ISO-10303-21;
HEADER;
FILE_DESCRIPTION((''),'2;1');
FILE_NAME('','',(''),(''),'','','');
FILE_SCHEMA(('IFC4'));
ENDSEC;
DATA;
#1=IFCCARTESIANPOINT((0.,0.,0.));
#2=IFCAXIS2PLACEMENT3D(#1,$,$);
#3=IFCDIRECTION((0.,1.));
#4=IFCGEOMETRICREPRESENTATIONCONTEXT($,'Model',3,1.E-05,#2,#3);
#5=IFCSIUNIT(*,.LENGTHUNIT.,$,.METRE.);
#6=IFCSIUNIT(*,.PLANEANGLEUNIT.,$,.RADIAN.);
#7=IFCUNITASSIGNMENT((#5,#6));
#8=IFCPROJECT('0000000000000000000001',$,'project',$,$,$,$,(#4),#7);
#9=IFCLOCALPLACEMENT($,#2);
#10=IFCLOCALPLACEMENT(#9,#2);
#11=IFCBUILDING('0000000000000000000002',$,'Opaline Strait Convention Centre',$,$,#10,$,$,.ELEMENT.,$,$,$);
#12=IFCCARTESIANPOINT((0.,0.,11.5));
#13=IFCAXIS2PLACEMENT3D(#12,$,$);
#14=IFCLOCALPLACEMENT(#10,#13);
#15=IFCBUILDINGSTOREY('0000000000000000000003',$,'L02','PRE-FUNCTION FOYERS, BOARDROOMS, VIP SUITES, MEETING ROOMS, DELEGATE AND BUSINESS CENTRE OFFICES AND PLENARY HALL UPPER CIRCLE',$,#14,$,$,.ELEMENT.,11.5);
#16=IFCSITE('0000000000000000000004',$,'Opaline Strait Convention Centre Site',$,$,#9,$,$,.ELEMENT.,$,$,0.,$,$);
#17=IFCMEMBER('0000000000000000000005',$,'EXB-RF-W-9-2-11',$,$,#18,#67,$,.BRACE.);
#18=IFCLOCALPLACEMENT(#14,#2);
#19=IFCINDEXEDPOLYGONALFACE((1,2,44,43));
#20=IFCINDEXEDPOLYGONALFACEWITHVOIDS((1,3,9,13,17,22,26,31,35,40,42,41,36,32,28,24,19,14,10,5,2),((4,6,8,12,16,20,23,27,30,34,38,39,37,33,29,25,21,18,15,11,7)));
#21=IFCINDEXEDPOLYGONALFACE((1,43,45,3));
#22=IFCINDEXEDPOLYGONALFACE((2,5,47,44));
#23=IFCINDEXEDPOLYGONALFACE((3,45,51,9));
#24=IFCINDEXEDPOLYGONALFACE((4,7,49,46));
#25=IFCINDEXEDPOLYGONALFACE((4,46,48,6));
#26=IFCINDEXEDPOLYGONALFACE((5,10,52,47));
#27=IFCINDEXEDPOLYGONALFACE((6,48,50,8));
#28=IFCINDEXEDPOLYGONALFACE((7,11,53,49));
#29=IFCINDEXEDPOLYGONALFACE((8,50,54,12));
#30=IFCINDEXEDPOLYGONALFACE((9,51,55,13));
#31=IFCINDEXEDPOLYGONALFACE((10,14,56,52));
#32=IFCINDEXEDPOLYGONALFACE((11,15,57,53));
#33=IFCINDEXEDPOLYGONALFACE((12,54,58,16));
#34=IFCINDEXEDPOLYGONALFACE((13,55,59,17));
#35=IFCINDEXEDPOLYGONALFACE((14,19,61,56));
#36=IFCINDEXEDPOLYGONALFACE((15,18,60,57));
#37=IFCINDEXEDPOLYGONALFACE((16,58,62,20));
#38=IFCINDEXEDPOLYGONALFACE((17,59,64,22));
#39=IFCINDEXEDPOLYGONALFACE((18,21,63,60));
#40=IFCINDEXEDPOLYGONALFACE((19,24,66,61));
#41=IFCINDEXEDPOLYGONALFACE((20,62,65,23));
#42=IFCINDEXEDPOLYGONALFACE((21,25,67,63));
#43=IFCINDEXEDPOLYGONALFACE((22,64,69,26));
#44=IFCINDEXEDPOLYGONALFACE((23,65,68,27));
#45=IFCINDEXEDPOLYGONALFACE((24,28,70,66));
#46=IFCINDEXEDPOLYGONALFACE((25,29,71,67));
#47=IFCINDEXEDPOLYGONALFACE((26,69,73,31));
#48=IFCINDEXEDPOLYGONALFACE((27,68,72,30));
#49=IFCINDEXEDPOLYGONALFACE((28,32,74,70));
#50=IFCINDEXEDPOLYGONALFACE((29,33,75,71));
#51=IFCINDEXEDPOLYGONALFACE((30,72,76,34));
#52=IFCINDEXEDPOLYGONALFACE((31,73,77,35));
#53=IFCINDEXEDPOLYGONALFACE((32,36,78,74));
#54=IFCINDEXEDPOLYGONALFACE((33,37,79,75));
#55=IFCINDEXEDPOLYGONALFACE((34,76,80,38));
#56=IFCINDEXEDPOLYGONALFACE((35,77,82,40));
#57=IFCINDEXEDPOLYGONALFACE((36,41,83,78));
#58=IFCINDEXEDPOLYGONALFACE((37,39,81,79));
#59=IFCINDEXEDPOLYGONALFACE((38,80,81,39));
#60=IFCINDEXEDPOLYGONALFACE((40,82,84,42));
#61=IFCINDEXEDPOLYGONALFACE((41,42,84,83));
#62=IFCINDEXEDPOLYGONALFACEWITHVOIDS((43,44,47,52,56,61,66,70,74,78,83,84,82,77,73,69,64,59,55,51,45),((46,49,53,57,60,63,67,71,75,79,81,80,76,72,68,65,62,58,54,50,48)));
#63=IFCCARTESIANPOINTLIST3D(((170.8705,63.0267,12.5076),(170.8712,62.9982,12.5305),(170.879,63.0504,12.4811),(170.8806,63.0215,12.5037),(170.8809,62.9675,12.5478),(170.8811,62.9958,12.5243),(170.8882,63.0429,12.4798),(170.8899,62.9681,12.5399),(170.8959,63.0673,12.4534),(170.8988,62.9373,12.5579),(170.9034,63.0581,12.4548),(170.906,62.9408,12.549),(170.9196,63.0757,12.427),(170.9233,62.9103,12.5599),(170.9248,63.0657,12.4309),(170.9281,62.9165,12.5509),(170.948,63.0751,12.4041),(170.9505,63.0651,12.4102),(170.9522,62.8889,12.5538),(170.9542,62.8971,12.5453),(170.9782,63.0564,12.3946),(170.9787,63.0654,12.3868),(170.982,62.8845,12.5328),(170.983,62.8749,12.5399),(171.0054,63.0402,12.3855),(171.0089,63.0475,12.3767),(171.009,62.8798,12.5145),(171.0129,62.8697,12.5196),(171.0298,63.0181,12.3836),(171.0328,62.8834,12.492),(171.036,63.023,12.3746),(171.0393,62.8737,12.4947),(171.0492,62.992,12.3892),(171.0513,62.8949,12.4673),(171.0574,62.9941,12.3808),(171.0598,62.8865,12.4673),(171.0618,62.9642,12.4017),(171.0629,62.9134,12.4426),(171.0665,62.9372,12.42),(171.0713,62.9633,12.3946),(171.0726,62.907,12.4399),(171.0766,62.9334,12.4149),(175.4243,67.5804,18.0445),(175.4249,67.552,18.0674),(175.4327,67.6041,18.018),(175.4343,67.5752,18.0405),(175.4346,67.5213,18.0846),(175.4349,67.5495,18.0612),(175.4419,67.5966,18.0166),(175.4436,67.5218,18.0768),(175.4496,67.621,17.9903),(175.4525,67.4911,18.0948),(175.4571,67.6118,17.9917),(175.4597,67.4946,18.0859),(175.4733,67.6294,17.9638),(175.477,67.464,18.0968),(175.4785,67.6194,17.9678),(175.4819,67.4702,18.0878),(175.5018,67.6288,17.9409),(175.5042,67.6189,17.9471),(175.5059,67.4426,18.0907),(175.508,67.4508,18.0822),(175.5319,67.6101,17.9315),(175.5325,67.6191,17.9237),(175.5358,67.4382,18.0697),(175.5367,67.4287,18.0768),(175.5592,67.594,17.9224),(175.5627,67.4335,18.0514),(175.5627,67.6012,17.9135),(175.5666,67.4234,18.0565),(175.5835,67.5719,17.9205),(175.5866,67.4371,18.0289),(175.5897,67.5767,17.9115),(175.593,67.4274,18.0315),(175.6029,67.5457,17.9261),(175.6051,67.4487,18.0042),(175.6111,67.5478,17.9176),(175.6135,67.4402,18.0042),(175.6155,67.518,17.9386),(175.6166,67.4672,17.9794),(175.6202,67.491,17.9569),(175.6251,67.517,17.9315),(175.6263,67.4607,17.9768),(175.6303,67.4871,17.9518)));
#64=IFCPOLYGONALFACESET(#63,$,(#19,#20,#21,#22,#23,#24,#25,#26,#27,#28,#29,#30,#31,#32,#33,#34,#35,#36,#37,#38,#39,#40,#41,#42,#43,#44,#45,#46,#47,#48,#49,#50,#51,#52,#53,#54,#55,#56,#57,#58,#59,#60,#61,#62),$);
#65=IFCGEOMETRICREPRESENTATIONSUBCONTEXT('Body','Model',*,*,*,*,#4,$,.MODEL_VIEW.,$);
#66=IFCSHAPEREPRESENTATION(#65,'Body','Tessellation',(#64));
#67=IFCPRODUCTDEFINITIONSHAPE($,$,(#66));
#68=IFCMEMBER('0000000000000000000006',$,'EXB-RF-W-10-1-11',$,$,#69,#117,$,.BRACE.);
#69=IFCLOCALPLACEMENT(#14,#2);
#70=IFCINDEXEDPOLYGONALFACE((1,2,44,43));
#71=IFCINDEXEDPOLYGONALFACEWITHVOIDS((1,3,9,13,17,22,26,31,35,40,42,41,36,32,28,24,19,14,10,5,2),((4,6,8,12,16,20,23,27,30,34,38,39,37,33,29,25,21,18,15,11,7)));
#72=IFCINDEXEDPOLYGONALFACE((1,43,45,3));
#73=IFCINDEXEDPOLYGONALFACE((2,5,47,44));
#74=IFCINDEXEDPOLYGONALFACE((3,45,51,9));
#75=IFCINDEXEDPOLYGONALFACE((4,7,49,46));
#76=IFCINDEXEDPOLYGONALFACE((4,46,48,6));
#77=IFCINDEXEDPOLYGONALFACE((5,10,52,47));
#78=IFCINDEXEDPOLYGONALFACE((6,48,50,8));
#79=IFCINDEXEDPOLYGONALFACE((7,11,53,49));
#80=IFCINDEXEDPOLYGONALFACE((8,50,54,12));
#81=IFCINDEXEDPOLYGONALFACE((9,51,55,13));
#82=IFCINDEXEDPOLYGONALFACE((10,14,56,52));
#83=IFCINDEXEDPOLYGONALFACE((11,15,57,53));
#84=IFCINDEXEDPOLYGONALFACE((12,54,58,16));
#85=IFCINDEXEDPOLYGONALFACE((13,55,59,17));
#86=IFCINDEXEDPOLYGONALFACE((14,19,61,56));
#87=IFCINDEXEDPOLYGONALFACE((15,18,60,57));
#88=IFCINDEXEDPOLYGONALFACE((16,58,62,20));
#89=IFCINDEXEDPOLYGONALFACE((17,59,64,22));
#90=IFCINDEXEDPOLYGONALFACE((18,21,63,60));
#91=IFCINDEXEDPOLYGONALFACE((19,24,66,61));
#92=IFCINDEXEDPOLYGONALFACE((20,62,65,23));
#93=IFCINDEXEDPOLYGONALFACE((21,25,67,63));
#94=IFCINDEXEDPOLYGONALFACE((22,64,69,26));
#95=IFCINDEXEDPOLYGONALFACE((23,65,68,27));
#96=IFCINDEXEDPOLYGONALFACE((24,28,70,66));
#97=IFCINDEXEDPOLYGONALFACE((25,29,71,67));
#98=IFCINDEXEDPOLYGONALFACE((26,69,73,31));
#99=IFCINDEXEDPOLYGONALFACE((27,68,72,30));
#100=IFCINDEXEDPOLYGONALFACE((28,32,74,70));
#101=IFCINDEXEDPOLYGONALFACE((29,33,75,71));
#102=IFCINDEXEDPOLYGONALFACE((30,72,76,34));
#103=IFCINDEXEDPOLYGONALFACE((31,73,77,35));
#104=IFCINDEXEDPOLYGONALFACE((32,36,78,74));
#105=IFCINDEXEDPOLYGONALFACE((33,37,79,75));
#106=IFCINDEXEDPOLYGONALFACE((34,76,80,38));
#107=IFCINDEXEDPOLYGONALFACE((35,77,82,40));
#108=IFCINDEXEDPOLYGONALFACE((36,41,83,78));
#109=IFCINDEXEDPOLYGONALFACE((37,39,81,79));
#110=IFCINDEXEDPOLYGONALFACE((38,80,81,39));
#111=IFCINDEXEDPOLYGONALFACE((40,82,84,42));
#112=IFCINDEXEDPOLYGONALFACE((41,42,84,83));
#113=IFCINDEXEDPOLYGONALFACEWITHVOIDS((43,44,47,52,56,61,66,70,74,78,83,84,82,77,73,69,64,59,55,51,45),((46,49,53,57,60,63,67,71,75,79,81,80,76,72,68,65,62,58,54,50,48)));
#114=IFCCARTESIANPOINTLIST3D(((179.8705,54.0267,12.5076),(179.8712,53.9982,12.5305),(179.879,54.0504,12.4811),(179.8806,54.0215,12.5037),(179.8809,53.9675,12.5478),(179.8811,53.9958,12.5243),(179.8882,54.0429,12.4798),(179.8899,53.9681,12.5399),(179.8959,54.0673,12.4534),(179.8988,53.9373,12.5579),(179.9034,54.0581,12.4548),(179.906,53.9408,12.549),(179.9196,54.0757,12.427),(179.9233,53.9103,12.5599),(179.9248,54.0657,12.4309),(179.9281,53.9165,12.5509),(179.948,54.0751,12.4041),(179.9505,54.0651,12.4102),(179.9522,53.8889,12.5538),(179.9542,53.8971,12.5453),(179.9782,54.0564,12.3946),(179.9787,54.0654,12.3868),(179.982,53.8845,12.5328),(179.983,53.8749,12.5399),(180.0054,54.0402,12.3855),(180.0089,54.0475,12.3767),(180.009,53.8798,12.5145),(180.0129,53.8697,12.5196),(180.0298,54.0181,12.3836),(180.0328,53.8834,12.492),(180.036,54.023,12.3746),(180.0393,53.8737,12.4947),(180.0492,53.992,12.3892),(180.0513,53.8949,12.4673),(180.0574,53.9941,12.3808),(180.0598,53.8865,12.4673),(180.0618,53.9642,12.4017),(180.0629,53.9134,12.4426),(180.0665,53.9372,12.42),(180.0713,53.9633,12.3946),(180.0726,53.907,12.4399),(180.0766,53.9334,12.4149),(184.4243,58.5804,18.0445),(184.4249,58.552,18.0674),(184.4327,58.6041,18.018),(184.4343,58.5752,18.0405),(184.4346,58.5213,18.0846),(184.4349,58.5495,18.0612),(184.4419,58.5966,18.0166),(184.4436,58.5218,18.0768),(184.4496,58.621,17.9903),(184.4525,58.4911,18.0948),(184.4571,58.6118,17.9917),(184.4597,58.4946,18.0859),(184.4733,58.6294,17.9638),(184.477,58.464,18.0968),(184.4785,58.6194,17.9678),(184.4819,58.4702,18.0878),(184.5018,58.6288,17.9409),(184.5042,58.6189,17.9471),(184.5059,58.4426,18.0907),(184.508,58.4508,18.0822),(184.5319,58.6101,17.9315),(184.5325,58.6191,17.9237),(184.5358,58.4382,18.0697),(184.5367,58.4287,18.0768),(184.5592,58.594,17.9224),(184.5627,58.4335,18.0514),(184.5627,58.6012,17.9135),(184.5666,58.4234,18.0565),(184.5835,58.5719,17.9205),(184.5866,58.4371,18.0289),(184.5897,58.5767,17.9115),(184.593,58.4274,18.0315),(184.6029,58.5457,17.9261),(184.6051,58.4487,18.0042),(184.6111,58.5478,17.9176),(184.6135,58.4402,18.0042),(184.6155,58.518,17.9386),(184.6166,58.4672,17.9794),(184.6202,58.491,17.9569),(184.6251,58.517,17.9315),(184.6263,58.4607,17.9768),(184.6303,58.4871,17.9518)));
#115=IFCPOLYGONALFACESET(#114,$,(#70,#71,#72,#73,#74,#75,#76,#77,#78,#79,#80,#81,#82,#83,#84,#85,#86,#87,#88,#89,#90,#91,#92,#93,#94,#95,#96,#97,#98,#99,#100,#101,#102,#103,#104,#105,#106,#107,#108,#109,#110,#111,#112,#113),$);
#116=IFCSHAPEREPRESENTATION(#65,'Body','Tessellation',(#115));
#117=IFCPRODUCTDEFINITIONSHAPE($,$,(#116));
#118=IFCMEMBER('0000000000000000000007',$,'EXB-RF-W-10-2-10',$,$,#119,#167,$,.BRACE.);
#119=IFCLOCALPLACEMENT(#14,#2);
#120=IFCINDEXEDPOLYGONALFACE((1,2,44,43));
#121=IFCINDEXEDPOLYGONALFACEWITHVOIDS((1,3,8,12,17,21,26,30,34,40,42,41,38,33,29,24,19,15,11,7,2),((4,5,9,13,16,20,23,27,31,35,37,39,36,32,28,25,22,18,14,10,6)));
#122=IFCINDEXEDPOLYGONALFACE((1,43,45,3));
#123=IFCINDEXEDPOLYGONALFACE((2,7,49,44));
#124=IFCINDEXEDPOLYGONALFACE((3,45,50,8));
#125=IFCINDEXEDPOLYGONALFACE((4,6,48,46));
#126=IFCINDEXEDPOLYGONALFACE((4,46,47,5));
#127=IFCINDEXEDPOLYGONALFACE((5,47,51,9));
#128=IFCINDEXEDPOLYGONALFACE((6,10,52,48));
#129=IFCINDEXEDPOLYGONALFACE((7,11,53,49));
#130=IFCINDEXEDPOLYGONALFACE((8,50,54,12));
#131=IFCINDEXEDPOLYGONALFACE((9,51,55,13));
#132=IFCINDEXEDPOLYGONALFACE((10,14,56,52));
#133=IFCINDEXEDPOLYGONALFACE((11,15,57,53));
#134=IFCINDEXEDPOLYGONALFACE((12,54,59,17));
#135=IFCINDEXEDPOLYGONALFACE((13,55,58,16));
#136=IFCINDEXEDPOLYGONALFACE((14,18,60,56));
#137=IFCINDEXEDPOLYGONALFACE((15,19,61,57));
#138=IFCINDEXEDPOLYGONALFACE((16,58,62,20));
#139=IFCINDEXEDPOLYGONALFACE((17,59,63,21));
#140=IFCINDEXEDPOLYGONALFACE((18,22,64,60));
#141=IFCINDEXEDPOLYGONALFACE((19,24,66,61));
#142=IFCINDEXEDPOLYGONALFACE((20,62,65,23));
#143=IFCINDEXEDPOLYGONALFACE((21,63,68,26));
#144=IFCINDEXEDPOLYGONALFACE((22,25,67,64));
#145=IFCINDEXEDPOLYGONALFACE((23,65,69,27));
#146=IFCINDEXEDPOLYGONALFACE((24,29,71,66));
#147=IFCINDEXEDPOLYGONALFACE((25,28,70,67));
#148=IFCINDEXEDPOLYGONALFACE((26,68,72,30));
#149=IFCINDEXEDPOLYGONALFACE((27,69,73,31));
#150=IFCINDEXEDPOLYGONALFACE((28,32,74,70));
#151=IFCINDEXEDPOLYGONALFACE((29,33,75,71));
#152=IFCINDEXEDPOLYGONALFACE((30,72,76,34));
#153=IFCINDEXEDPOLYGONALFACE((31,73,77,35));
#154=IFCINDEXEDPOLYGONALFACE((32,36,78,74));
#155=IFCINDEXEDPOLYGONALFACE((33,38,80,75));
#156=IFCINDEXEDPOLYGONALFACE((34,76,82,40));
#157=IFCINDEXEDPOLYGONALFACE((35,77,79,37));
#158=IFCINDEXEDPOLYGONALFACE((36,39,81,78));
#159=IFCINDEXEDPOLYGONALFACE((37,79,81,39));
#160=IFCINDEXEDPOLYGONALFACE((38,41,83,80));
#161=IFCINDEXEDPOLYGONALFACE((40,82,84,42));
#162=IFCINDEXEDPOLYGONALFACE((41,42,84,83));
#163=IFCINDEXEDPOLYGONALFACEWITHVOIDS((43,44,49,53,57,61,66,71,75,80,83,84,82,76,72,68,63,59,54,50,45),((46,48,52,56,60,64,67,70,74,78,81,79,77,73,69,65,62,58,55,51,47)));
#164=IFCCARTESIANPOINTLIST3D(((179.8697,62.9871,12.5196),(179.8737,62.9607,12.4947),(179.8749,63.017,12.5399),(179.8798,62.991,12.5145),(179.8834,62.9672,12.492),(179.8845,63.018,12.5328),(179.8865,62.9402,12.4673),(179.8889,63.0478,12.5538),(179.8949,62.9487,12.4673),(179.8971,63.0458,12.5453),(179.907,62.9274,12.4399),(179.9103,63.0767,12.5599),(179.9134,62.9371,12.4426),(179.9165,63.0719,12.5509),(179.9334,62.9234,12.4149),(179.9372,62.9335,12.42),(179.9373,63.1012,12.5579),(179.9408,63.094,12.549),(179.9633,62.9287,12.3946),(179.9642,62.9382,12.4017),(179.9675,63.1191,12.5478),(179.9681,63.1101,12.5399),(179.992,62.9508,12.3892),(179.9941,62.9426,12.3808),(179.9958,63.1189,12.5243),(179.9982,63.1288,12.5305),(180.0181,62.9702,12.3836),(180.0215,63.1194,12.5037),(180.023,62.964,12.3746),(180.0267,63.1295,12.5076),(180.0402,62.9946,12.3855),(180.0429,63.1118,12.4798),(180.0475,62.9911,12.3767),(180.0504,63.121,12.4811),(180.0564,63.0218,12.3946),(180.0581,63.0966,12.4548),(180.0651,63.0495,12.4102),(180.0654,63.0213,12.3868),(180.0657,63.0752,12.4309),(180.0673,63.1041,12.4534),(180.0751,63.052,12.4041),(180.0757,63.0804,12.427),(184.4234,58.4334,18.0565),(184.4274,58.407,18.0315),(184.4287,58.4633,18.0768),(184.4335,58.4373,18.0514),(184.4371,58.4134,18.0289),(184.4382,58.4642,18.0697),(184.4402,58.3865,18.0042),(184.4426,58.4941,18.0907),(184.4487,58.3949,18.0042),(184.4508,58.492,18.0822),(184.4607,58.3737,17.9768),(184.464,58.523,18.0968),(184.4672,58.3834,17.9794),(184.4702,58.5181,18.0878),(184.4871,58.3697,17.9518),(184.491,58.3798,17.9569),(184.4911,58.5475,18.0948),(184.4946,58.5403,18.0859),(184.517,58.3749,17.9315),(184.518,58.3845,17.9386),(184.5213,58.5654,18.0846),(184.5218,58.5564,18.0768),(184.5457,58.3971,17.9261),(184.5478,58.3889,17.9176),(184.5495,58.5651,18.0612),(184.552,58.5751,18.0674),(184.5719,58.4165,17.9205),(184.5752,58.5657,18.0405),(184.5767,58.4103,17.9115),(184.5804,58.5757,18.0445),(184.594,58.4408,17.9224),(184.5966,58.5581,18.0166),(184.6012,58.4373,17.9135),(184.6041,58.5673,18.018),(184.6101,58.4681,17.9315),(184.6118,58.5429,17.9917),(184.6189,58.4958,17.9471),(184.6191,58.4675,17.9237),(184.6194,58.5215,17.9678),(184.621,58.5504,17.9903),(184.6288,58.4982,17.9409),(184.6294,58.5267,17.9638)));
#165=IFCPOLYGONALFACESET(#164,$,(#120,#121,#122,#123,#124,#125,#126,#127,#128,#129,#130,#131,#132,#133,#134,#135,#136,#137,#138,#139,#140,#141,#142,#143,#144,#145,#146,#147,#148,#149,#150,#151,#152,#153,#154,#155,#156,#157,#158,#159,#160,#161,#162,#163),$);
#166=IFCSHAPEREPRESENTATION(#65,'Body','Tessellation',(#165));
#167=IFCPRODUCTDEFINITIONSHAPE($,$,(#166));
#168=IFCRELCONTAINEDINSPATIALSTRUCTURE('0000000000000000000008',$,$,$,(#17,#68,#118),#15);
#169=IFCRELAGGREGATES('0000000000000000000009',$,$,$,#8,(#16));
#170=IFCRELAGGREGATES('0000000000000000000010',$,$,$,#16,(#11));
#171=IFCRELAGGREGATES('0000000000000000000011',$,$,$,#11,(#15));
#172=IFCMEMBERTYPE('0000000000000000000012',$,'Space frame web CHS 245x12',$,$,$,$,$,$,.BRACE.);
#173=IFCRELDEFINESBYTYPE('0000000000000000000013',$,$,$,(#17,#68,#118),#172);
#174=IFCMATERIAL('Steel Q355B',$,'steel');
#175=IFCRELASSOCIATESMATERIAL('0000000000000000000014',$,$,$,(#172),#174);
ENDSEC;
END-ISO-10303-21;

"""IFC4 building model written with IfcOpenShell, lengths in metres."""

from ifc_helpers import new_model, si_unit, direction, frame, origin, origin_2d, place, context, subcontext, project, spatial, hollow_circle, extrude, material, material_profile, profile_set, type_object, element, save


model = new_model("IFC4")

# Units and contexts
model_context = context("Model", 3, precision=1e-05, world=origin(), true_north=direction((0.0, 1.0)))
body_context = subcontext(model_context, "Body", "Model", "MODEL_VIEW")
ifc_project = project(units=[si_unit("LENGTHUNIT", "METRE"), si_unit("PLANEANGLEUNIT", "RADIAN")], contexts=[model_context])

# Site, building, storey
site_placement = place(None, origin())
site = spatial("IfcSite", under=ifc_project, at=site_placement, Name="Opaline Strait Convention Centre Site", CompositionType="ELEMENT", RefElevation=0.0)
building_placement = place(site_placement, origin())
building = spatial("IfcBuilding", under=site, at=building_placement, Name="Opaline Strait Convention Centre", CompositionType="ELEMENT")
storey_placement = place(building_placement, frame((0.0, 0.0, 11.5)))
storey = spatial("IfcBuildingStorey", under=building, at=storey_placement, Name="L02", Description="PRE-FUNCTION FOYERS, BOARDROOMS, VIP SUITES, MEETING ROOMS, DELEGATE AND BUSINESS CENTRE OFFICES AND PLENARY HALL UPPER CIRCLE", CompositionType="ELEMENT", Elevation=11.5)

# Members
ifc_material = material(Name="Steel Q355B", Category="steel")
ifc_material_profile_1 = material_profile(ifc_material, hollow_circle(Radius=0.1226, WallThickness=0.012, at=origin_2d()), Name="CHS 245x12")
ifc_profile_set_1 = profile_set([ifc_material_profile_1], Name="Steel Q355B")
member_type_1 = type_object("IfcMemberType", Name="Space frame web CHS 245x12", PredefinedType="BRACE", material=ifc_profile_set_1)
for number, where, z_axis, x_axis, name in (
    (1, (175.5269, 67.5269, 18.0042), (-0.536178, -0.536178, -0.65194), (0.707107, -0.707107, 0.0), "EXB-RF-W-9-2-11"),
    (2, (184.5269, 58.5269, 18.0042), (-0.536178, -0.536178, -0.65194), (0.707107, -0.707107, 0.0), "EXB-RF-W-10-1-11"),
    (3, (184.5269, 58.4731, 18.0042), (-0.536178, 0.536178, -0.65194), (-0.707107, -0.707107, 0.0), "EXB-RF-W-10-2-10"),
):
    element("IfcMember", number, at=place(storey_placement, frame(where, z_axis=z_axis, x_axis=x_axis)), inside=storey, type_object=member_type_1, Name=name, PredefinedType="BRACE", context=body_context, shape_type="SweptSolid", body=[
        extrude(hollow_circle(Radius=0.1226, WallThickness=0.012, at=origin_2d()), origin(), (0.0, 0.0, 1.0), 8.4929),
    ])

save(model, "model.ifc")
